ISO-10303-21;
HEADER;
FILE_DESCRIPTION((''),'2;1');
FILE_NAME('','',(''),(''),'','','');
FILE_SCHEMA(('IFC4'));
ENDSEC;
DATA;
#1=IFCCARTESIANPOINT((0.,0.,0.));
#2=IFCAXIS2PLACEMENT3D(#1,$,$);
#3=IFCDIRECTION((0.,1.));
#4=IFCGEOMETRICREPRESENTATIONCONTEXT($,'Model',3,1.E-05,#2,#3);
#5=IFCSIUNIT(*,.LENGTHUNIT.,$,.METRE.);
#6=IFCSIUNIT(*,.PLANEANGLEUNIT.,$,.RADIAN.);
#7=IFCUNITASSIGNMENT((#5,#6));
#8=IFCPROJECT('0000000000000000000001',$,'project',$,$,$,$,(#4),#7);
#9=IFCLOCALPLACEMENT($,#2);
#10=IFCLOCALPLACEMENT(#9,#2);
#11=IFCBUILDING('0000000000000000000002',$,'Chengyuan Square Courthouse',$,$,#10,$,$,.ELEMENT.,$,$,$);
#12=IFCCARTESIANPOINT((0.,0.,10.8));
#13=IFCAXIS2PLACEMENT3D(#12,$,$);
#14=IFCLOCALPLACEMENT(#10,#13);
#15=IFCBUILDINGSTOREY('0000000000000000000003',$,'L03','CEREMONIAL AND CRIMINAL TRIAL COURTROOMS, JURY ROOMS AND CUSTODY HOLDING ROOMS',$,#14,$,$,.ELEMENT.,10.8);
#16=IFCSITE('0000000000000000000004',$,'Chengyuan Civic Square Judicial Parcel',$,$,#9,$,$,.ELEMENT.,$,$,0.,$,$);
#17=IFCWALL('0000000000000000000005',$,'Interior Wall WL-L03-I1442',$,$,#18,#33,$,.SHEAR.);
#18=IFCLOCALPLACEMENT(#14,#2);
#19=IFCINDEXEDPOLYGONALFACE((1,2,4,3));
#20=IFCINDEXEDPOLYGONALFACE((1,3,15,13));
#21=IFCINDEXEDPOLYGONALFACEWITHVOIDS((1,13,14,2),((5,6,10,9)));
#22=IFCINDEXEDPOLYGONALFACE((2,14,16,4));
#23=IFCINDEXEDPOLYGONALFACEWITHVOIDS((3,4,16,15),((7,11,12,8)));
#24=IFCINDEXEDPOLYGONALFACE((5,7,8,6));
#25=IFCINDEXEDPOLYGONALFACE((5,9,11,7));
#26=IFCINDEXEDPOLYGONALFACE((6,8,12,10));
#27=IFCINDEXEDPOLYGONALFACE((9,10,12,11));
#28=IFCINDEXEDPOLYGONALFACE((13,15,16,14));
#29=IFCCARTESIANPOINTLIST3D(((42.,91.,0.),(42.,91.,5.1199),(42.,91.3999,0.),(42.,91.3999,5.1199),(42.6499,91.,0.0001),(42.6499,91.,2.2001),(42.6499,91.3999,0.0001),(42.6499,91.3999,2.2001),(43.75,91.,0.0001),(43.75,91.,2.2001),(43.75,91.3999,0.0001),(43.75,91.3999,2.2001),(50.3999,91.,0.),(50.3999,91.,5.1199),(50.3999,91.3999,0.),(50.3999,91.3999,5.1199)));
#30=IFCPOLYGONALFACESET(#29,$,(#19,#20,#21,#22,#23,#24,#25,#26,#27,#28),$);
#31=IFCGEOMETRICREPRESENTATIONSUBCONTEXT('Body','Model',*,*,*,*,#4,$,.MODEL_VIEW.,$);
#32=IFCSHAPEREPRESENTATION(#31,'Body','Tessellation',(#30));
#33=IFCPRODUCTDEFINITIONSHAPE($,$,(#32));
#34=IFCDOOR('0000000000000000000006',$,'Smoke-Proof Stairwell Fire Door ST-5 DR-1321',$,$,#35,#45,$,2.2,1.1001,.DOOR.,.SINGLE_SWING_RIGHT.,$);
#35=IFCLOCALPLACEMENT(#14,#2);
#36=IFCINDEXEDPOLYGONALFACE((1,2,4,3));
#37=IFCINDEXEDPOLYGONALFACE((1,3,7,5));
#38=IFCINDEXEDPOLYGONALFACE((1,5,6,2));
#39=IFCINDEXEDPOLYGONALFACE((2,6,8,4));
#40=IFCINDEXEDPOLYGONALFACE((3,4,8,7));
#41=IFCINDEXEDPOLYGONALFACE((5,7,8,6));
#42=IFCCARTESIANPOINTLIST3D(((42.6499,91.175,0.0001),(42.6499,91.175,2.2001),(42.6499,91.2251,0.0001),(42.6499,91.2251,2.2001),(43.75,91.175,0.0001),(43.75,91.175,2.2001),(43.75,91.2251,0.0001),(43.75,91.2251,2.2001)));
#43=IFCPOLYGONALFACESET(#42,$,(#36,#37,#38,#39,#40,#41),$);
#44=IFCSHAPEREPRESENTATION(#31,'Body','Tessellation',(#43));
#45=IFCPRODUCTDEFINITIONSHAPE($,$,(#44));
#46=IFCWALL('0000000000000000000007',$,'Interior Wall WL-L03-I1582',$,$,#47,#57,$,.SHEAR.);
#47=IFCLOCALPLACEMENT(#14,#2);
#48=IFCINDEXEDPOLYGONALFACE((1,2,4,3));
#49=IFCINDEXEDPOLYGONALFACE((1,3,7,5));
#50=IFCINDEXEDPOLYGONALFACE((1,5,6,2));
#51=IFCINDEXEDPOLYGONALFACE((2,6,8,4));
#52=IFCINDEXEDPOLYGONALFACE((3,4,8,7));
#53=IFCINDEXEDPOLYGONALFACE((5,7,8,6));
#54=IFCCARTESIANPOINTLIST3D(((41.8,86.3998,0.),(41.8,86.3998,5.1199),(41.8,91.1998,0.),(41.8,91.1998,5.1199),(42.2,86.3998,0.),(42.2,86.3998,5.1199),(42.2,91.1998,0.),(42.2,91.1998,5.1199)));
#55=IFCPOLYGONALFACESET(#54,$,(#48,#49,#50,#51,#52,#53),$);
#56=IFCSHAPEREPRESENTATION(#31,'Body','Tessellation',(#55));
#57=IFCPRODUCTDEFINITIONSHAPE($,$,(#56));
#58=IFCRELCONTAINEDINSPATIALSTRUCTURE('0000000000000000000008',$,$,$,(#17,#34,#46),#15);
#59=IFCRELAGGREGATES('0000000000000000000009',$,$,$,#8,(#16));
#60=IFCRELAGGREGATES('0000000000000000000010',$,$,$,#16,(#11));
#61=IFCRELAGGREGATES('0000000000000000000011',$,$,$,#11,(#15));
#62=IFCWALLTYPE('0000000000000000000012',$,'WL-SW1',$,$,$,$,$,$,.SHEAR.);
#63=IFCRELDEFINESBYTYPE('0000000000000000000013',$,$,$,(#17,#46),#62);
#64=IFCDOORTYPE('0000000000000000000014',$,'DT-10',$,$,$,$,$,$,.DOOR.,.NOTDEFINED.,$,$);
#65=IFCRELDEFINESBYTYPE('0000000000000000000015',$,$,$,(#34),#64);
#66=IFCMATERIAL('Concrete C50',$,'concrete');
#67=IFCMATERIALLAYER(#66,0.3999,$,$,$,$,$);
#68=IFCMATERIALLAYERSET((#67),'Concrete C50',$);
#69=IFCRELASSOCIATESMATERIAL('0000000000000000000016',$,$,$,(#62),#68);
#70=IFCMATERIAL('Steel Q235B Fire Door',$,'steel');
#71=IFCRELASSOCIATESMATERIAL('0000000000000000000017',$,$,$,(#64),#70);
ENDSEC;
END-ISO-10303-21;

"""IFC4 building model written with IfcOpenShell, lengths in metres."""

from ifc_helpers import new_model, si_unit, direction, frame, frame_2d, origin, place, context, subcontext, project, spatial, rectangle, extrude, material, layer, layer_set, type_object, element, fill, save


model = new_model("IFC4")

# Units and contexts
model_context = context("Model", 3, precision=1e-05, world=origin(), true_north=direction((0.0, 1.0)))
body_context = subcontext(model_context, "Body", "Model", "MODEL_VIEW")
ifc_project = project(units=[si_unit("LENGTHUNIT", "METRE"), si_unit("PLANEANGLEUNIT", "RADIAN")], contexts=[model_context])

# Site, building, storey
site_placement = place(None, origin())
site = spatial("IfcSite", under=ifc_project, at=site_placement, Name="Chengyuan Civic Square Judicial Parcel", CompositionType="ELEMENT", RefElevation=0.0)
building_placement = place(site_placement, origin())
building = spatial("IfcBuilding", under=site, at=building_placement, Name="Chengyuan Square Courthouse", CompositionType="ELEMENT")
storey_placement = place(building_placement, frame((0.0, 0.0, 10.8)))
storey = spatial("IfcBuildingStorey", under=building, at=storey_placement, Name="L03", Description="CEREMONIAL AND CRIMINAL TRIAL COURTROOMS, JURY ROOMS AND CUSTODY HOLDING ROOMS", CompositionType="ELEMENT", Elevation=10.8)

# Shared definitions
ifc_material_1 = material(Name="Concrete C50", Category="concrete")

# Shared definitions
ifc_material_2 = material(Name="Steel Q235B Fire Door", Category="steel")

# Shared definitions
ifc_layer_1 = layer(ifc_material_1, 0.3999)
ifc_layer_set_1 = layer_set([ifc_layer_1], Name="Concrete C50")
wall_type_1 = type_object("IfcWallType", Name="WL-SW1", PredefinedType="SHEAR", material=ifc_layer_set_1)

# Wall, opening, door
wall_1_placement = place(storey_placement, frame((42.0, 91.2, 0.0), z_axis=(0.0, 0.0, 1.0), x_axis=(1.0, 0.0, 0.0)))
wall_1 = element("IfcWall", 1, at=wall_1_placement, inside=storey, type_object=wall_type_1, Name="Interior Wall WL-L03-I1442", PredefinedType="SHEAR", context=body_context, shape_type="SweptSolid", body=[
    extrude(rectangle(XDim=8.3999, YDim=0.3999, at=frame_2d((4.2, 0.0))), origin(), (0.0, 0.0, 1.0), 5.1199),
])
opening_1_placement = place(wall_1_placement, frame((0.6499, 0.0, 0.0)))
opening_1 = element("IfcOpeningElement", 2, at=opening_1_placement, cuts=wall_1, PredefinedType="OPENING", context=body_context, shape_type="SweptSolid", body=[
    extrude(rectangle(XDim=1.1001, YDim=2.2, at=frame_2d((0.55, 1.1001))), frame((0.0, 0.2119, 0.0), z_axis=(0.0, -1.0, 0.0), x_axis=(1.0, 0.0, 0.0)), (0.0, 0.0, 1.0), 0.4238),
])
door_type_1 = type_object("IfcDoorType", Name="DT-10", OperationType="NOTDEFINED", PredefinedType="DOOR", material=ifc_material_2)
door_1_placement = place(opening_1_placement, frame((1.1001, 0.0, 0.0), z_axis=(0.0, 0.0, 1.0), x_axis=(-1.0, 0.0, 0.0)))
door_1 = element("IfcDoor", 3, at=door_1_placement, inside=storey, type_object=door_type_1, Name="Smoke-Proof Stairwell Fire Door ST-5 DR-1321", OperationType="SINGLE_SWING_RIGHT", OverallHeight=2.2, OverallWidth=1.1001, PredefinedType="DOOR", context=body_context, shape_type="SweptSolid", body=[
    extrude(rectangle(XDim=1.1001, YDim=2.2, at=frame_2d((0.55, 1.1001))), frame((0.0, 0.0249, 0.0), z_axis=(0.0, -1.0, 0.0), x_axis=(1.0, 0.0, 0.0)), (0.0, 0.0, 1.0), 0.05),
])
fill(opening_1, door_1)

# Wall
wall_2_placement = place(storey_placement, frame((42.0, 86.3999, 0.0), z_axis=(0.0, 0.0, 1.0), x_axis=(0.0, 1.0, 0.0)))
element("IfcWall", 4, at=wall_2_placement, inside=storey, type_object=wall_type_1, Name="Interior Wall WL-L03-I1582", PredefinedType="SHEAR", context=body_context, shape_type="SweptSolid", body=[
    extrude(rectangle(XDim=4.8, YDim=0.3999, at=frame_2d((2.3999, 0.0))), origin(), (0.0, 0.0, 1.0), 5.1199),
])

save(model, "model.ifc")
